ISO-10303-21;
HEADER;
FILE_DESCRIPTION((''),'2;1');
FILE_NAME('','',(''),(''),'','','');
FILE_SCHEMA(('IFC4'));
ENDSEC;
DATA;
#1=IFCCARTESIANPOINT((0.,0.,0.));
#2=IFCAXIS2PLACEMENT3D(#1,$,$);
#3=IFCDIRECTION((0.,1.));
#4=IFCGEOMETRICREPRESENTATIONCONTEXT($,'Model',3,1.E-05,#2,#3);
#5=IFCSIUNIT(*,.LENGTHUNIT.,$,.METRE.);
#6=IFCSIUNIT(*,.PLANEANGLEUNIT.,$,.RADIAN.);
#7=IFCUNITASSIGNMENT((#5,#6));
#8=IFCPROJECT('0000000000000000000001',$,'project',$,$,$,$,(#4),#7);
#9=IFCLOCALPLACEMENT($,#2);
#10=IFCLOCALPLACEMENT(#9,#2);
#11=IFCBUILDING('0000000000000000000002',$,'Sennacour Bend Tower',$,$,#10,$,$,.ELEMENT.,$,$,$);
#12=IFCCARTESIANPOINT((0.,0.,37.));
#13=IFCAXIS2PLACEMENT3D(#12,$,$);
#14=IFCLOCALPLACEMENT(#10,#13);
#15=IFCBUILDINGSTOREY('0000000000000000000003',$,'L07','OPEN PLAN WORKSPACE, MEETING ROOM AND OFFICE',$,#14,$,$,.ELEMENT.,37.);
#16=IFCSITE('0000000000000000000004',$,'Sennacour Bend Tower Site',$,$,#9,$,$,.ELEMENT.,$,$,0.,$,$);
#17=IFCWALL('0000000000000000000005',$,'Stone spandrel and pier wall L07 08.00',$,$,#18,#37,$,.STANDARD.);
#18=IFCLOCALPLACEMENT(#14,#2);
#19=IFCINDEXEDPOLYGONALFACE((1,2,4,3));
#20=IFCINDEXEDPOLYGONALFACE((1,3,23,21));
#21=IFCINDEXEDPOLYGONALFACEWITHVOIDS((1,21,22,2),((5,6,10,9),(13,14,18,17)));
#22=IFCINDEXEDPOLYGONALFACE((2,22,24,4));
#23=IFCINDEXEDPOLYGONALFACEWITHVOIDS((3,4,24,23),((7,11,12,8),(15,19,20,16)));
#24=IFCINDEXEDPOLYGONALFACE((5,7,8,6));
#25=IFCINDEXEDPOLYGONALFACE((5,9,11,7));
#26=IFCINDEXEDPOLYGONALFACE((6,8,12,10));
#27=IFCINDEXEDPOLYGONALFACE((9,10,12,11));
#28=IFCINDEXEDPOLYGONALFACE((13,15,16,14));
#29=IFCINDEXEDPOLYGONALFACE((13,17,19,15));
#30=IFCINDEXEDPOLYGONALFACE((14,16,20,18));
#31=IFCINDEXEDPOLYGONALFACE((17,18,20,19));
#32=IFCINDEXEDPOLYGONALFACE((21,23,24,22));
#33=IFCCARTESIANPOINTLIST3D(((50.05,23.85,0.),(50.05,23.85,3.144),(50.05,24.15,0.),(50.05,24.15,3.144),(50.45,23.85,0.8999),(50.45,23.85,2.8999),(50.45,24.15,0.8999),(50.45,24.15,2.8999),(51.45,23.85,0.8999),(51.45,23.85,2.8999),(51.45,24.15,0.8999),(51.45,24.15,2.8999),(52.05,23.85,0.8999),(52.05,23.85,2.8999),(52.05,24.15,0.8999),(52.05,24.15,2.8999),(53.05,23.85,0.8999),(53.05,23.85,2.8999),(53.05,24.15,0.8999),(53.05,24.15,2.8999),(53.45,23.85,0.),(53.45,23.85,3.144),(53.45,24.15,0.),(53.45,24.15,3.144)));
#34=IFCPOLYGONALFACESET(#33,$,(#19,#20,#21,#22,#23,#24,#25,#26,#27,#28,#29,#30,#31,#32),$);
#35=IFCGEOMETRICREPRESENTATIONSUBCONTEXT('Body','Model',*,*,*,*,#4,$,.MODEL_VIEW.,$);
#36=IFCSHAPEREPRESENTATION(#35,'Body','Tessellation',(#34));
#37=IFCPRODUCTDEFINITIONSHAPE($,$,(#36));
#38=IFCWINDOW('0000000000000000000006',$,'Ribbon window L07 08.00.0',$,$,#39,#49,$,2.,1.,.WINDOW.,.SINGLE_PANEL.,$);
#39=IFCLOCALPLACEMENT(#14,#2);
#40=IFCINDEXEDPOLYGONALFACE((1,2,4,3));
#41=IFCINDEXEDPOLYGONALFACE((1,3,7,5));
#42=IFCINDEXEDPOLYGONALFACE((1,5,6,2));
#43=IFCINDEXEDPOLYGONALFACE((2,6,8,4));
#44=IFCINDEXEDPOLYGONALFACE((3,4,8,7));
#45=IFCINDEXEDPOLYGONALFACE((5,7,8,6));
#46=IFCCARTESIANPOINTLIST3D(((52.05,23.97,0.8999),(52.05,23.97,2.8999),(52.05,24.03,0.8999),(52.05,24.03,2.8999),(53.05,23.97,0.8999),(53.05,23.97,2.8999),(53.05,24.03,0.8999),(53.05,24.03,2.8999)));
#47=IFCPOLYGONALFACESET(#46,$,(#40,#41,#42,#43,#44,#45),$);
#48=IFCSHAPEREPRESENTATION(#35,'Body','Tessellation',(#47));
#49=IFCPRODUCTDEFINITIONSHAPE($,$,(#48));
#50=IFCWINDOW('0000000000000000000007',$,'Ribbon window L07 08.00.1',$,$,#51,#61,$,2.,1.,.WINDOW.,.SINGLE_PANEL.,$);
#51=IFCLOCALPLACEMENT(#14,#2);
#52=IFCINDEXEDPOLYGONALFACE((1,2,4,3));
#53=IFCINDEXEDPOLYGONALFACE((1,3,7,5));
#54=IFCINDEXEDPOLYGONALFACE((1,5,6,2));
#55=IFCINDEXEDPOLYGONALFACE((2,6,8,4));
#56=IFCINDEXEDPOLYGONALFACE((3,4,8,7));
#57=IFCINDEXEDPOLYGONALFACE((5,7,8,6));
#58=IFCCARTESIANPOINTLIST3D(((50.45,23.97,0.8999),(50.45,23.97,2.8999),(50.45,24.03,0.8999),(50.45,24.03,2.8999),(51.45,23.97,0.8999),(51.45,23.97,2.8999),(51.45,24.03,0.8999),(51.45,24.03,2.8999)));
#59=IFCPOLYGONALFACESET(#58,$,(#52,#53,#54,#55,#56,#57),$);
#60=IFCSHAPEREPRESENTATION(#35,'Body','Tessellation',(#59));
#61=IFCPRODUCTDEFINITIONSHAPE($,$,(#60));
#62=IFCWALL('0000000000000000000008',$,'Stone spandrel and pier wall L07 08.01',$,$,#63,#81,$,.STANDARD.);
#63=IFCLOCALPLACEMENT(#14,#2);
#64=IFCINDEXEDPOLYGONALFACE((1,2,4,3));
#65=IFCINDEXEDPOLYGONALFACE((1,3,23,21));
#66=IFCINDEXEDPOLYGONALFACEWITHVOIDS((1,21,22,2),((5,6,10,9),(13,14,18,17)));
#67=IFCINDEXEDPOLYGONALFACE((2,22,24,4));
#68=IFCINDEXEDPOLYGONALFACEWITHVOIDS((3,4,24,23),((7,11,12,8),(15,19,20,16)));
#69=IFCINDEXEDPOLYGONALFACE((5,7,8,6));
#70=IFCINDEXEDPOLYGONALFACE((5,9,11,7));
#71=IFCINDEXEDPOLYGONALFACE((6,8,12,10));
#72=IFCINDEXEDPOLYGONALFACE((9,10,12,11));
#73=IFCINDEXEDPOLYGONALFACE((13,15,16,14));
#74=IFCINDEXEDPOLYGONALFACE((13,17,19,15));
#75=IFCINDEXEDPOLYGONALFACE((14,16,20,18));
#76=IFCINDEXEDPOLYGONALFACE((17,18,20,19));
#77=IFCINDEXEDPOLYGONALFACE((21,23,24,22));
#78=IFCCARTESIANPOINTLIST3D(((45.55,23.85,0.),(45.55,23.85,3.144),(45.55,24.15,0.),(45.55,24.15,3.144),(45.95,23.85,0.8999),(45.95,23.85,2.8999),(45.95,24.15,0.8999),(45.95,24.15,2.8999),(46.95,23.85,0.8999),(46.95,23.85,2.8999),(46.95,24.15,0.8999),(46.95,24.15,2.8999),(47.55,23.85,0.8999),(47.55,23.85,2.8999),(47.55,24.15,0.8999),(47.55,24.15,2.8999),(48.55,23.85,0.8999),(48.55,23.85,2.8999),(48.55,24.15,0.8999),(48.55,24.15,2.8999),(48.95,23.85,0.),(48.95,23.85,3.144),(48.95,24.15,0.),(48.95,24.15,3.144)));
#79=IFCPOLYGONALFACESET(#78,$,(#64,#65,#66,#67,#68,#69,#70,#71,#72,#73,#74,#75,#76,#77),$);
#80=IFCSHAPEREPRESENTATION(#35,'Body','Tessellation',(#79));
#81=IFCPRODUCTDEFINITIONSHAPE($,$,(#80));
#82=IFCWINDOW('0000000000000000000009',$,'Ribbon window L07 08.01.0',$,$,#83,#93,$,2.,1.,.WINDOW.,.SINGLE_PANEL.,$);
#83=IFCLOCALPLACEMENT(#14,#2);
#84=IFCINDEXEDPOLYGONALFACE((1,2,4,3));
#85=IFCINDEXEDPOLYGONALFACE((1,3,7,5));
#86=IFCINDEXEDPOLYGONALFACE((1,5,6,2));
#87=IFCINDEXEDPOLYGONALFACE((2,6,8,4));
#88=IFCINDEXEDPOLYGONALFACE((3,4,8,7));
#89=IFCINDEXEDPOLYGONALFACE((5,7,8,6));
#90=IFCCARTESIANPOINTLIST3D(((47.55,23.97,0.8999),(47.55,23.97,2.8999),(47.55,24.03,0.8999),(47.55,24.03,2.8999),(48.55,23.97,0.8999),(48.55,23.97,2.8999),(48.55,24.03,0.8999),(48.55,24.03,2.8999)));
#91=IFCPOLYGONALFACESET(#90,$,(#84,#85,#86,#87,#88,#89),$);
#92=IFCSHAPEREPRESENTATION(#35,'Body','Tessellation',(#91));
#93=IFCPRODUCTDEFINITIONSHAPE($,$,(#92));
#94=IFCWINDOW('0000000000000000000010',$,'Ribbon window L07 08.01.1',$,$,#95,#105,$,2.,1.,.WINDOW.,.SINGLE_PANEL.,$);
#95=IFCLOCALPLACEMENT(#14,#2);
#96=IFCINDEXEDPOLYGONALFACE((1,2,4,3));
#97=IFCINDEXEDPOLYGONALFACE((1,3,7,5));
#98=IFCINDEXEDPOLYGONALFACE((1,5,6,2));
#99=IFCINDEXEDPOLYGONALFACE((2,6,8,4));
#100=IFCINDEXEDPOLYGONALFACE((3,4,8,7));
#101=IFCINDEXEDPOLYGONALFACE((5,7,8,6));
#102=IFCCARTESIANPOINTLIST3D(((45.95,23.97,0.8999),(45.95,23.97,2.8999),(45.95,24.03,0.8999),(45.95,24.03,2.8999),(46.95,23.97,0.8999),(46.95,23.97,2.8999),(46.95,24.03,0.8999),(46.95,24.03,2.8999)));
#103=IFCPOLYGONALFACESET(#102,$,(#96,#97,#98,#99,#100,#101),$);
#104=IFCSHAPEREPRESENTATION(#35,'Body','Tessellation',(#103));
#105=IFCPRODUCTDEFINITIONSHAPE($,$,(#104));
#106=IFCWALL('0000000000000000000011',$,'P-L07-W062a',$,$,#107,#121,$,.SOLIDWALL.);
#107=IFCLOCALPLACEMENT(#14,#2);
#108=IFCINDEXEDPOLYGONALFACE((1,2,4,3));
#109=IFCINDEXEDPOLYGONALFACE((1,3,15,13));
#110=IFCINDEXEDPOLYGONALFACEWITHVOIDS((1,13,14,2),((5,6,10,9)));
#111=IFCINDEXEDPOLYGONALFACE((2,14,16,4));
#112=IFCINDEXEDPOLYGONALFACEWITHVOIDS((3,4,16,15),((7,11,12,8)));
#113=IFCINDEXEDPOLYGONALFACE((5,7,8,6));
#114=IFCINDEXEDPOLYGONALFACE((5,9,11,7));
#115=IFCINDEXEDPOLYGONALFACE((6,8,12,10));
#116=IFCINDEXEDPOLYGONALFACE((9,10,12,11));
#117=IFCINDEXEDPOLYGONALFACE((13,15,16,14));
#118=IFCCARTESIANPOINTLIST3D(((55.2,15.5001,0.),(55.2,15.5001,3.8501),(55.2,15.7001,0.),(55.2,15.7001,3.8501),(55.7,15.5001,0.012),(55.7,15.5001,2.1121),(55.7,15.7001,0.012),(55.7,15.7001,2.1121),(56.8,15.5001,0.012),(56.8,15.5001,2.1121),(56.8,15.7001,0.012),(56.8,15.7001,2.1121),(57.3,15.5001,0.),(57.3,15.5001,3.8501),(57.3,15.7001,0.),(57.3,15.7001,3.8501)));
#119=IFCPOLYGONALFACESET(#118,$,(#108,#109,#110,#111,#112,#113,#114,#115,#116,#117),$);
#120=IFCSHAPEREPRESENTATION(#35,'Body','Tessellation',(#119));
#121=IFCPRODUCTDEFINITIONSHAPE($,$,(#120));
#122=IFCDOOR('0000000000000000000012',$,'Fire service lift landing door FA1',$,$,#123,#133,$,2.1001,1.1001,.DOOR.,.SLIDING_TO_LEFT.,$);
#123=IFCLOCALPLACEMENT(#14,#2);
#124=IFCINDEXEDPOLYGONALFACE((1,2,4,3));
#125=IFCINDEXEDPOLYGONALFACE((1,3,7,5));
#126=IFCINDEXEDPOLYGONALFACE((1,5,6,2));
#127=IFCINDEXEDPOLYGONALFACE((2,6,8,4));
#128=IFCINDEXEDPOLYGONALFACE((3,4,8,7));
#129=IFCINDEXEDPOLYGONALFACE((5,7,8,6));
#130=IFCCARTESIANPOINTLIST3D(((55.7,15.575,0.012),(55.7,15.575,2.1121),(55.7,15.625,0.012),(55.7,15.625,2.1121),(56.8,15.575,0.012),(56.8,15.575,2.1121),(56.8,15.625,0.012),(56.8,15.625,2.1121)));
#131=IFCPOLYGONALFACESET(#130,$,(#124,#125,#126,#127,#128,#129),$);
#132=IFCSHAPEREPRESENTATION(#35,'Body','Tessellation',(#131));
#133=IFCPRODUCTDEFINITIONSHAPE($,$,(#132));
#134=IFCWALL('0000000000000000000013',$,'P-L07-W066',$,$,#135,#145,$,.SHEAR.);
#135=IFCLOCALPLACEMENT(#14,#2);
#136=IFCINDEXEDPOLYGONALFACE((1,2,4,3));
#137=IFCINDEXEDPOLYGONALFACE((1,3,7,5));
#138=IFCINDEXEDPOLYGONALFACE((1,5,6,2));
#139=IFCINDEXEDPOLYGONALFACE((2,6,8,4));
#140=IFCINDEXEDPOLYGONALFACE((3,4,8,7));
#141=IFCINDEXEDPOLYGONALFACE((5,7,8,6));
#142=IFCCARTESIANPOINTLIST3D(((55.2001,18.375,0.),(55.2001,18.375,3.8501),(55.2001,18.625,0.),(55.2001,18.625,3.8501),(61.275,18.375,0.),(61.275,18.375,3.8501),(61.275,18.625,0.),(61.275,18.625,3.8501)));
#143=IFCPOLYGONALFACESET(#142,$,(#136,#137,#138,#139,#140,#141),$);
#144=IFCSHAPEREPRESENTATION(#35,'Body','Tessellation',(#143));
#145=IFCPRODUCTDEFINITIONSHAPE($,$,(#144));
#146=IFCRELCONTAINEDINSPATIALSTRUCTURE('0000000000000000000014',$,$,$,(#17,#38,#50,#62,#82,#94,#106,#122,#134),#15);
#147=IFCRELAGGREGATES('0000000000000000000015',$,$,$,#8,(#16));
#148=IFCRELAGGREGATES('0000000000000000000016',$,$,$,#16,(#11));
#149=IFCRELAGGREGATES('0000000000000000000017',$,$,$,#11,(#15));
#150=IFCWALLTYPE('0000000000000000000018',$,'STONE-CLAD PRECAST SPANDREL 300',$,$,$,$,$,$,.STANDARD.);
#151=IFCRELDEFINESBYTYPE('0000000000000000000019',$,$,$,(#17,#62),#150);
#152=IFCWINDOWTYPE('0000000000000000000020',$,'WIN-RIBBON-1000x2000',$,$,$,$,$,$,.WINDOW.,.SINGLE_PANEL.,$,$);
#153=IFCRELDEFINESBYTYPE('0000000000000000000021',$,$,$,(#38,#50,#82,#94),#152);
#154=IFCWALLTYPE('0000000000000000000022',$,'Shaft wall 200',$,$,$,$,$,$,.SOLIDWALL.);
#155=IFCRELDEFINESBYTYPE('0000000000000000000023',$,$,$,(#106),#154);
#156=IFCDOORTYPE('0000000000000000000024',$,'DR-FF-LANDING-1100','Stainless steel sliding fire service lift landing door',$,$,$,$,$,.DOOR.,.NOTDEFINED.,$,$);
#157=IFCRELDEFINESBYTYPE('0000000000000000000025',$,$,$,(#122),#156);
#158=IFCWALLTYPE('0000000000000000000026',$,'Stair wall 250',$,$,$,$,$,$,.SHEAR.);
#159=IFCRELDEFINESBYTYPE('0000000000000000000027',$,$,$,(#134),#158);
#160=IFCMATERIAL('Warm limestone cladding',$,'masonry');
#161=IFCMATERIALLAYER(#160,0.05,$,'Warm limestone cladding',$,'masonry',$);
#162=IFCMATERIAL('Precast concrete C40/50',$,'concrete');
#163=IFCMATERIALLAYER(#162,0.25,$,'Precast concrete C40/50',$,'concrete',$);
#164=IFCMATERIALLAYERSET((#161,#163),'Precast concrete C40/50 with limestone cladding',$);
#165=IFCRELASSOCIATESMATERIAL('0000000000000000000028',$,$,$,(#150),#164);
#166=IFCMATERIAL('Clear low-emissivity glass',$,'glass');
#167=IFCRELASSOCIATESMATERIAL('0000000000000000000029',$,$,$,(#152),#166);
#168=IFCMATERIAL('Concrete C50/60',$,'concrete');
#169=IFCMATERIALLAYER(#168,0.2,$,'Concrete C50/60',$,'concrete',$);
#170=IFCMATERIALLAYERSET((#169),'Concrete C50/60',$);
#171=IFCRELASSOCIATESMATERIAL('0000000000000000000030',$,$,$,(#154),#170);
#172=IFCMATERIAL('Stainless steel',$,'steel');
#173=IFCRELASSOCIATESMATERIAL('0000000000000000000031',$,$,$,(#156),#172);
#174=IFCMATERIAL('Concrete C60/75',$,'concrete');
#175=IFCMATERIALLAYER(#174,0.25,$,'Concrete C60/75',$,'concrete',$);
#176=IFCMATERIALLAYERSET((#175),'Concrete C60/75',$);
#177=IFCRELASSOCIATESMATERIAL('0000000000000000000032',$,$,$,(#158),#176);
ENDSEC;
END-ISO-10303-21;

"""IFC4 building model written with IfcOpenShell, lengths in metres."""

from ifc_helpers import new_model, si_unit, direction, frame, frame_2d, origin, place, context, subcontext, project, spatial, rectangle, extrude, material, layer, layer_set, type_object, element, fill, save


model = new_model("IFC4")

# Units and contexts
model_context = context("Model", 3, precision=1e-05, world=origin(), true_north=direction((0.0, 1.0)))
body_context = subcontext(model_context, "Body", "Model", "MODEL_VIEW")
ifc_project = project(units=[si_unit("LENGTHUNIT", "METRE"), si_unit("PLANEANGLEUNIT", "RADIAN")], contexts=[model_context])

# Site, building, storey
site_placement = place(None, origin())
site = spatial("IfcSite", under=ifc_project, at=site_placement, Name="Sennacour Bend Tower Site", CompositionType="ELEMENT", RefElevation=0.0)
building_placement = place(site_placement, origin())
building = spatial("IfcBuilding", under=site, at=building_placement, Name="Sennacour Bend Tower", CompositionType="ELEMENT")
storey_placement = place(building_placement, frame((0.0, 0.0, 37.0)))
storey = spatial("IfcBuildingStorey", under=building, at=storey_placement, Name="L07", Description="OPEN PLAN WORKSPACE, MEETING ROOM AND OFFICE", CompositionType="ELEMENT", Elevation=37.0)

# Shared definitions
ifc_material_1 = material(Name="Warm limestone cladding", Category="masonry")
ifc_layer_1 = layer(ifc_material_1, 0.05, Name="Warm limestone cladding", Category="masonry")
ifc_material_2 = material(Name="Precast concrete C40/50", Category="concrete")
ifc_layer_2 = layer(ifc_material_2, 0.25, Name="Precast concrete C40/50", Category="concrete")
ifc_layer_set_1 = layer_set([ifc_layer_1, ifc_layer_2], Name="Precast concrete C40/50 with limestone cladding")
wall_type_1 = type_object("IfcWallType", Name="STONE-CLAD PRECAST SPANDREL 300", PredefinedType="STANDARD", material=ifc_layer_set_1)

# Walls, openings, windows
wall_1_placement = place(storey_placement, frame((53.45, 24.0, 0.0), z_axis=(0.0, 0.0, 1.0), x_axis=(-1.0, 0.0, 0.0)))
wall_1 = element("IfcWall", 1, at=wall_1_placement, inside=storey, type_object=wall_type_1, Name="Stone spandrel and pier wall L07 08.00", PredefinedType="STANDARD", context=body_context, shape_type="SweptSolid", body=[
    extrude(rectangle(XDim=3.3999, YDim=0.3, at=frame_2d((1.7, 0.0))), origin(), (0.0, 0.0, 1.0), 3.144),
])
opening_1_placement = place(wall_1_placement, frame((0.3999, 0.0, 0.8999)))
opening_1 = element("IfcOpeningElement", 2, at=opening_1_placement, cuts=wall_1, PredefinedType="OPENING", context=body_context, shape_type="SweptSolid", body=[
    extrude(rectangle(XDim=1.0, YDim=2.0, at=frame_2d((0.5, 1.0))), frame((0.0, 0.1602, 0.0), z_axis=(0.0, -1.0, 0.0), x_axis=(1.0, 0.0, 0.0)), (0.0, 0.0, 1.0), 0.3201),
])
opening_2_placement = place(wall_1_placement, frame((2.0, 0.0, 0.8999)))
opening_2 = element("IfcOpeningElement", 3, at=opening_2_placement, cuts=wall_1, PredefinedType="OPENING", context=body_context, shape_type="SweptSolid", body=[
    extrude(rectangle(XDim=1.0, YDim=2.0, at=frame_2d((0.5, 1.0))), frame((0.0, 0.1602, 0.0), z_axis=(0.0, -1.0, 0.0), x_axis=(1.0, 0.0, 0.0)), (0.0, 0.0, 1.0), 0.3201),
])
ifc_material_3 = material(Name="Clear low-emissivity glass", Category="glass")
window_type = type_object("IfcWindowType", Name="WIN-RIBBON-1000x2000", PartitioningType="SINGLE_PANEL", PredefinedType="WINDOW", material=ifc_material_3)
window_1_placement = place(opening_1_placement, origin())
window_1 = element("IfcWindow", 4, at=window_1_placement, inside=storey, type_object=window_type, Name="Ribbon window L07 08.00.0", OverallHeight=2.0, OverallWidth=1.0, PartitioningType="SINGLE_PANEL", PredefinedType="WINDOW", context=body_context, shape_type="SweptSolid", body=[
    extrude(rectangle(XDim=1.0, YDim=2.0, at=frame_2d((0.5, 1.0))), frame((0.0, 0.03, 0.0), z_axis=(0.0, -1.0, 0.0), x_axis=(1.0, 0.0, 0.0)), (0.0, 0.0, 1.0), 0.0601),
])
fill(opening_1, window_1)
window_2_placement = place(opening_2_placement, origin())
window_2 = element("IfcWindow", 5, at=window_2_placement, inside=storey, type_object=window_type, Name="Ribbon window L07 08.00.1", OverallHeight=2.0, OverallWidth=1.0, PartitioningType="SINGLE_PANEL", PredefinedType="WINDOW", context=body_context, shape_type="SweptSolid", body=[
    extrude(rectangle(XDim=1.0, YDim=2.0, at=frame_2d((0.5, 1.0))), frame((0.0, 0.03, 0.0), z_axis=(0.0, -1.0, 0.0), x_axis=(1.0, 0.0, 0.0)), (0.0, 0.0, 1.0), 0.0601),
])
fill(opening_2, window_2)
wall_2_placement = place(storey_placement, frame((48.95, 24.0, 0.0), z_axis=(0.0, 0.0, 1.0), x_axis=(-1.0, 0.0, 0.0)))
wall_2 = element("IfcWall", 6, at=wall_2_placement, inside=storey, type_object=wall_type_1, Name="Stone spandrel and pier wall L07 08.01", PredefinedType="STANDARD", context=body_context, shape_type="SweptSolid", body=[
    extrude(rectangle(XDim=3.3999, YDim=0.3, at=frame_2d((1.7, 0.0))), origin(), (0.0, 0.0, 1.0), 3.144),
])
opening_3_placement = place(wall_2_placement, frame((0.3999, 0.0, 0.8999)))
opening_3 = element("IfcOpeningElement", 7, at=opening_3_placement, cuts=wall_2, PredefinedType="OPENING", context=body_context, shape_type="SweptSolid", body=[
    extrude(rectangle(XDim=1.0, YDim=2.0, at=frame_2d((0.5, 1.0))), frame((0.0, 0.1602, 0.0), z_axis=(0.0, -1.0, 0.0), x_axis=(1.0, 0.0, 0.0)), (0.0, 0.0, 1.0), 0.3201),
])
opening_4_placement = place(wall_2_placement, frame((2.0, 0.0, 0.8999)))
opening_4 = element("IfcOpeningElement", 8, at=opening_4_placement, cuts=wall_2, PredefinedType="OPENING", context=body_context, shape_type="SweptSolid", body=[
    extrude(rectangle(XDim=1.0, YDim=2.0, at=frame_2d((0.5, 1.0))), frame((0.0, 0.1602, 0.0), z_axis=(0.0, -1.0, 0.0), x_axis=(1.0, 0.0, 0.0)), (0.0, 0.0, 1.0), 0.3201),
])
window_3_placement = place(opening_3_placement, origin())
window_3 = element("IfcWindow", 9, at=window_3_placement, inside=storey, type_object=window_type, Name="Ribbon window L07 08.01.0", OverallHeight=2.0, OverallWidth=1.0, PartitioningType="SINGLE_PANEL", PredefinedType="WINDOW", context=body_context, shape_type="SweptSolid", body=[
    extrude(rectangle(XDim=1.0, YDim=2.0, at=frame_2d((0.5, 1.0))), frame((0.0, 0.03, 0.0), z_axis=(0.0, -1.0, 0.0), x_axis=(1.0, 0.0, 0.0)), (0.0, 0.0, 1.0), 0.0601),
])
fill(opening_3, window_3)
window_4_placement = place(opening_4_placement, origin())
window_4 = element("IfcWindow", 10, at=window_4_placement, inside=storey, type_object=window_type, Name="Ribbon window L07 08.01.1", OverallHeight=2.0, OverallWidth=1.0, PartitioningType="SINGLE_PANEL", PredefinedType="WINDOW", context=body_context, shape_type="SweptSolid", body=[
    extrude(rectangle(XDim=1.0, YDim=2.0, at=frame_2d((0.5, 1.0))), frame((0.0, 0.03, 0.0), z_axis=(0.0, -1.0, 0.0), x_axis=(1.0, 0.0, 0.0)), (0.0, 0.0, 1.0), 0.0601),
])
fill(opening_4, window_4)

# Wall, opening, door
ifc_material_4 = material(Name="Concrete C50/60", Category="concrete")
ifc_layer_3 = layer(ifc_material_4, 0.2, Name="Concrete C50/60", Category="concrete")
ifc_layer_set_2 = layer_set([ifc_layer_3], Name="Concrete C50/60")
wall_type_2 = type_object("IfcWallType", Name="Shaft wall 200", PredefinedType="SOLIDWALL", material=ifc_layer_set_2)
wall_3_placement = place(storey_placement, frame((55.2, 15.6001, 0.0), z_axis=(0.0, 0.0, 1.0), x_axis=(1.0, 0.0, 0.0)))
wall_3 = element("IfcWall", 11, at=wall_3_placement, inside=storey, type_object=wall_type_2, Name="P-L07-W062a", PredefinedType="SOLIDWALL", context=body_context, shape_type="SweptSolid", body=[
    extrude(rectangle(XDim=2.1001, YDim=0.2, at=frame_2d((1.05, 0.0))), origin(), (0.0, 0.0, 1.0), 3.8501),
])
opening_5_placement = place(wall_3_placement, frame((0.5, 0.0, 0.012)))
opening_5 = element("IfcOpeningElement", 12, at=opening_5_placement, cuts=wall_3, PredefinedType="OPENING", context=body_context, shape_type="SweptSolid", body=[
    extrude(rectangle(XDim=1.1001, YDim=2.1001, at=frame_2d((0.55, 1.05))), frame((0.0, 0.1099, 0.0), z_axis=(0.0, -1.0, 0.0), x_axis=(1.0, 0.0, 0.0)), (0.0, 0.0, 1.0), 0.22),
])
ifc_material_5 = material(Name="Stainless steel", Category="steel")
door_type_1 = type_object("IfcDoorType", Name="DR-FF-LANDING-1100", Description="Stainless steel sliding fire service lift landing door", OperationType="NOTDEFINED", PredefinedType="DOOR", material=ifc_material_5)
door_1_placement = place(opening_5_placement, origin())
door_1 = element("IfcDoor", 13, at=door_1_placement, inside=storey, type_object=door_type_1, Name="Fire service lift landing door FA1", OperationType="SLIDING_TO_LEFT", OverallHeight=2.1001, OverallWidth=1.1001, PredefinedType="DOOR", context=body_context, shape_type="SweptSolid", body=[
    extrude(rectangle(XDim=1.1001, YDim=2.1001, at=frame_2d((0.55, 1.05))), frame((0.0, 0.0249, 0.0), z_axis=(0.0, -1.0, 0.0), x_axis=(1.0, 0.0, 0.0)), (0.0, 0.0, 1.0), 0.05),
])
fill(opening_5, door_1)

# Wall
ifc_material_6 = material(Name="Concrete C60/75", Category="concrete")
ifc_layer_4 = layer(ifc_material_6, 0.25, Name="Concrete C60/75", Category="concrete")
ifc_layer_set_3 = layer_set([ifc_layer_4], Name="Concrete C60/75")
wall_type_3 = type_object("IfcWallType", Name="Stair wall 250", PredefinedType="SHEAR", material=ifc_layer_set_3)
wall_4_placement = place(storey_placement, frame((55.2, 18.5, 0.0), z_axis=(0.0, 0.0, 1.0), x_axis=(1.0, 0.0, 0.0)))
element("IfcWall", 14, at=wall_4_placement, inside=storey, type_object=wall_type_3, Name="P-L07-W066", PredefinedType="SHEAR", context=body_context, shape_type="SweptSolid", body=[
    extrude(rectangle(XDim=6.075, YDim=0.25, at=frame_2d((3.0376, 0.0))), origin(), (0.0, 0.0, 1.0), 3.8501),
])

save(model, "model.ifc")
